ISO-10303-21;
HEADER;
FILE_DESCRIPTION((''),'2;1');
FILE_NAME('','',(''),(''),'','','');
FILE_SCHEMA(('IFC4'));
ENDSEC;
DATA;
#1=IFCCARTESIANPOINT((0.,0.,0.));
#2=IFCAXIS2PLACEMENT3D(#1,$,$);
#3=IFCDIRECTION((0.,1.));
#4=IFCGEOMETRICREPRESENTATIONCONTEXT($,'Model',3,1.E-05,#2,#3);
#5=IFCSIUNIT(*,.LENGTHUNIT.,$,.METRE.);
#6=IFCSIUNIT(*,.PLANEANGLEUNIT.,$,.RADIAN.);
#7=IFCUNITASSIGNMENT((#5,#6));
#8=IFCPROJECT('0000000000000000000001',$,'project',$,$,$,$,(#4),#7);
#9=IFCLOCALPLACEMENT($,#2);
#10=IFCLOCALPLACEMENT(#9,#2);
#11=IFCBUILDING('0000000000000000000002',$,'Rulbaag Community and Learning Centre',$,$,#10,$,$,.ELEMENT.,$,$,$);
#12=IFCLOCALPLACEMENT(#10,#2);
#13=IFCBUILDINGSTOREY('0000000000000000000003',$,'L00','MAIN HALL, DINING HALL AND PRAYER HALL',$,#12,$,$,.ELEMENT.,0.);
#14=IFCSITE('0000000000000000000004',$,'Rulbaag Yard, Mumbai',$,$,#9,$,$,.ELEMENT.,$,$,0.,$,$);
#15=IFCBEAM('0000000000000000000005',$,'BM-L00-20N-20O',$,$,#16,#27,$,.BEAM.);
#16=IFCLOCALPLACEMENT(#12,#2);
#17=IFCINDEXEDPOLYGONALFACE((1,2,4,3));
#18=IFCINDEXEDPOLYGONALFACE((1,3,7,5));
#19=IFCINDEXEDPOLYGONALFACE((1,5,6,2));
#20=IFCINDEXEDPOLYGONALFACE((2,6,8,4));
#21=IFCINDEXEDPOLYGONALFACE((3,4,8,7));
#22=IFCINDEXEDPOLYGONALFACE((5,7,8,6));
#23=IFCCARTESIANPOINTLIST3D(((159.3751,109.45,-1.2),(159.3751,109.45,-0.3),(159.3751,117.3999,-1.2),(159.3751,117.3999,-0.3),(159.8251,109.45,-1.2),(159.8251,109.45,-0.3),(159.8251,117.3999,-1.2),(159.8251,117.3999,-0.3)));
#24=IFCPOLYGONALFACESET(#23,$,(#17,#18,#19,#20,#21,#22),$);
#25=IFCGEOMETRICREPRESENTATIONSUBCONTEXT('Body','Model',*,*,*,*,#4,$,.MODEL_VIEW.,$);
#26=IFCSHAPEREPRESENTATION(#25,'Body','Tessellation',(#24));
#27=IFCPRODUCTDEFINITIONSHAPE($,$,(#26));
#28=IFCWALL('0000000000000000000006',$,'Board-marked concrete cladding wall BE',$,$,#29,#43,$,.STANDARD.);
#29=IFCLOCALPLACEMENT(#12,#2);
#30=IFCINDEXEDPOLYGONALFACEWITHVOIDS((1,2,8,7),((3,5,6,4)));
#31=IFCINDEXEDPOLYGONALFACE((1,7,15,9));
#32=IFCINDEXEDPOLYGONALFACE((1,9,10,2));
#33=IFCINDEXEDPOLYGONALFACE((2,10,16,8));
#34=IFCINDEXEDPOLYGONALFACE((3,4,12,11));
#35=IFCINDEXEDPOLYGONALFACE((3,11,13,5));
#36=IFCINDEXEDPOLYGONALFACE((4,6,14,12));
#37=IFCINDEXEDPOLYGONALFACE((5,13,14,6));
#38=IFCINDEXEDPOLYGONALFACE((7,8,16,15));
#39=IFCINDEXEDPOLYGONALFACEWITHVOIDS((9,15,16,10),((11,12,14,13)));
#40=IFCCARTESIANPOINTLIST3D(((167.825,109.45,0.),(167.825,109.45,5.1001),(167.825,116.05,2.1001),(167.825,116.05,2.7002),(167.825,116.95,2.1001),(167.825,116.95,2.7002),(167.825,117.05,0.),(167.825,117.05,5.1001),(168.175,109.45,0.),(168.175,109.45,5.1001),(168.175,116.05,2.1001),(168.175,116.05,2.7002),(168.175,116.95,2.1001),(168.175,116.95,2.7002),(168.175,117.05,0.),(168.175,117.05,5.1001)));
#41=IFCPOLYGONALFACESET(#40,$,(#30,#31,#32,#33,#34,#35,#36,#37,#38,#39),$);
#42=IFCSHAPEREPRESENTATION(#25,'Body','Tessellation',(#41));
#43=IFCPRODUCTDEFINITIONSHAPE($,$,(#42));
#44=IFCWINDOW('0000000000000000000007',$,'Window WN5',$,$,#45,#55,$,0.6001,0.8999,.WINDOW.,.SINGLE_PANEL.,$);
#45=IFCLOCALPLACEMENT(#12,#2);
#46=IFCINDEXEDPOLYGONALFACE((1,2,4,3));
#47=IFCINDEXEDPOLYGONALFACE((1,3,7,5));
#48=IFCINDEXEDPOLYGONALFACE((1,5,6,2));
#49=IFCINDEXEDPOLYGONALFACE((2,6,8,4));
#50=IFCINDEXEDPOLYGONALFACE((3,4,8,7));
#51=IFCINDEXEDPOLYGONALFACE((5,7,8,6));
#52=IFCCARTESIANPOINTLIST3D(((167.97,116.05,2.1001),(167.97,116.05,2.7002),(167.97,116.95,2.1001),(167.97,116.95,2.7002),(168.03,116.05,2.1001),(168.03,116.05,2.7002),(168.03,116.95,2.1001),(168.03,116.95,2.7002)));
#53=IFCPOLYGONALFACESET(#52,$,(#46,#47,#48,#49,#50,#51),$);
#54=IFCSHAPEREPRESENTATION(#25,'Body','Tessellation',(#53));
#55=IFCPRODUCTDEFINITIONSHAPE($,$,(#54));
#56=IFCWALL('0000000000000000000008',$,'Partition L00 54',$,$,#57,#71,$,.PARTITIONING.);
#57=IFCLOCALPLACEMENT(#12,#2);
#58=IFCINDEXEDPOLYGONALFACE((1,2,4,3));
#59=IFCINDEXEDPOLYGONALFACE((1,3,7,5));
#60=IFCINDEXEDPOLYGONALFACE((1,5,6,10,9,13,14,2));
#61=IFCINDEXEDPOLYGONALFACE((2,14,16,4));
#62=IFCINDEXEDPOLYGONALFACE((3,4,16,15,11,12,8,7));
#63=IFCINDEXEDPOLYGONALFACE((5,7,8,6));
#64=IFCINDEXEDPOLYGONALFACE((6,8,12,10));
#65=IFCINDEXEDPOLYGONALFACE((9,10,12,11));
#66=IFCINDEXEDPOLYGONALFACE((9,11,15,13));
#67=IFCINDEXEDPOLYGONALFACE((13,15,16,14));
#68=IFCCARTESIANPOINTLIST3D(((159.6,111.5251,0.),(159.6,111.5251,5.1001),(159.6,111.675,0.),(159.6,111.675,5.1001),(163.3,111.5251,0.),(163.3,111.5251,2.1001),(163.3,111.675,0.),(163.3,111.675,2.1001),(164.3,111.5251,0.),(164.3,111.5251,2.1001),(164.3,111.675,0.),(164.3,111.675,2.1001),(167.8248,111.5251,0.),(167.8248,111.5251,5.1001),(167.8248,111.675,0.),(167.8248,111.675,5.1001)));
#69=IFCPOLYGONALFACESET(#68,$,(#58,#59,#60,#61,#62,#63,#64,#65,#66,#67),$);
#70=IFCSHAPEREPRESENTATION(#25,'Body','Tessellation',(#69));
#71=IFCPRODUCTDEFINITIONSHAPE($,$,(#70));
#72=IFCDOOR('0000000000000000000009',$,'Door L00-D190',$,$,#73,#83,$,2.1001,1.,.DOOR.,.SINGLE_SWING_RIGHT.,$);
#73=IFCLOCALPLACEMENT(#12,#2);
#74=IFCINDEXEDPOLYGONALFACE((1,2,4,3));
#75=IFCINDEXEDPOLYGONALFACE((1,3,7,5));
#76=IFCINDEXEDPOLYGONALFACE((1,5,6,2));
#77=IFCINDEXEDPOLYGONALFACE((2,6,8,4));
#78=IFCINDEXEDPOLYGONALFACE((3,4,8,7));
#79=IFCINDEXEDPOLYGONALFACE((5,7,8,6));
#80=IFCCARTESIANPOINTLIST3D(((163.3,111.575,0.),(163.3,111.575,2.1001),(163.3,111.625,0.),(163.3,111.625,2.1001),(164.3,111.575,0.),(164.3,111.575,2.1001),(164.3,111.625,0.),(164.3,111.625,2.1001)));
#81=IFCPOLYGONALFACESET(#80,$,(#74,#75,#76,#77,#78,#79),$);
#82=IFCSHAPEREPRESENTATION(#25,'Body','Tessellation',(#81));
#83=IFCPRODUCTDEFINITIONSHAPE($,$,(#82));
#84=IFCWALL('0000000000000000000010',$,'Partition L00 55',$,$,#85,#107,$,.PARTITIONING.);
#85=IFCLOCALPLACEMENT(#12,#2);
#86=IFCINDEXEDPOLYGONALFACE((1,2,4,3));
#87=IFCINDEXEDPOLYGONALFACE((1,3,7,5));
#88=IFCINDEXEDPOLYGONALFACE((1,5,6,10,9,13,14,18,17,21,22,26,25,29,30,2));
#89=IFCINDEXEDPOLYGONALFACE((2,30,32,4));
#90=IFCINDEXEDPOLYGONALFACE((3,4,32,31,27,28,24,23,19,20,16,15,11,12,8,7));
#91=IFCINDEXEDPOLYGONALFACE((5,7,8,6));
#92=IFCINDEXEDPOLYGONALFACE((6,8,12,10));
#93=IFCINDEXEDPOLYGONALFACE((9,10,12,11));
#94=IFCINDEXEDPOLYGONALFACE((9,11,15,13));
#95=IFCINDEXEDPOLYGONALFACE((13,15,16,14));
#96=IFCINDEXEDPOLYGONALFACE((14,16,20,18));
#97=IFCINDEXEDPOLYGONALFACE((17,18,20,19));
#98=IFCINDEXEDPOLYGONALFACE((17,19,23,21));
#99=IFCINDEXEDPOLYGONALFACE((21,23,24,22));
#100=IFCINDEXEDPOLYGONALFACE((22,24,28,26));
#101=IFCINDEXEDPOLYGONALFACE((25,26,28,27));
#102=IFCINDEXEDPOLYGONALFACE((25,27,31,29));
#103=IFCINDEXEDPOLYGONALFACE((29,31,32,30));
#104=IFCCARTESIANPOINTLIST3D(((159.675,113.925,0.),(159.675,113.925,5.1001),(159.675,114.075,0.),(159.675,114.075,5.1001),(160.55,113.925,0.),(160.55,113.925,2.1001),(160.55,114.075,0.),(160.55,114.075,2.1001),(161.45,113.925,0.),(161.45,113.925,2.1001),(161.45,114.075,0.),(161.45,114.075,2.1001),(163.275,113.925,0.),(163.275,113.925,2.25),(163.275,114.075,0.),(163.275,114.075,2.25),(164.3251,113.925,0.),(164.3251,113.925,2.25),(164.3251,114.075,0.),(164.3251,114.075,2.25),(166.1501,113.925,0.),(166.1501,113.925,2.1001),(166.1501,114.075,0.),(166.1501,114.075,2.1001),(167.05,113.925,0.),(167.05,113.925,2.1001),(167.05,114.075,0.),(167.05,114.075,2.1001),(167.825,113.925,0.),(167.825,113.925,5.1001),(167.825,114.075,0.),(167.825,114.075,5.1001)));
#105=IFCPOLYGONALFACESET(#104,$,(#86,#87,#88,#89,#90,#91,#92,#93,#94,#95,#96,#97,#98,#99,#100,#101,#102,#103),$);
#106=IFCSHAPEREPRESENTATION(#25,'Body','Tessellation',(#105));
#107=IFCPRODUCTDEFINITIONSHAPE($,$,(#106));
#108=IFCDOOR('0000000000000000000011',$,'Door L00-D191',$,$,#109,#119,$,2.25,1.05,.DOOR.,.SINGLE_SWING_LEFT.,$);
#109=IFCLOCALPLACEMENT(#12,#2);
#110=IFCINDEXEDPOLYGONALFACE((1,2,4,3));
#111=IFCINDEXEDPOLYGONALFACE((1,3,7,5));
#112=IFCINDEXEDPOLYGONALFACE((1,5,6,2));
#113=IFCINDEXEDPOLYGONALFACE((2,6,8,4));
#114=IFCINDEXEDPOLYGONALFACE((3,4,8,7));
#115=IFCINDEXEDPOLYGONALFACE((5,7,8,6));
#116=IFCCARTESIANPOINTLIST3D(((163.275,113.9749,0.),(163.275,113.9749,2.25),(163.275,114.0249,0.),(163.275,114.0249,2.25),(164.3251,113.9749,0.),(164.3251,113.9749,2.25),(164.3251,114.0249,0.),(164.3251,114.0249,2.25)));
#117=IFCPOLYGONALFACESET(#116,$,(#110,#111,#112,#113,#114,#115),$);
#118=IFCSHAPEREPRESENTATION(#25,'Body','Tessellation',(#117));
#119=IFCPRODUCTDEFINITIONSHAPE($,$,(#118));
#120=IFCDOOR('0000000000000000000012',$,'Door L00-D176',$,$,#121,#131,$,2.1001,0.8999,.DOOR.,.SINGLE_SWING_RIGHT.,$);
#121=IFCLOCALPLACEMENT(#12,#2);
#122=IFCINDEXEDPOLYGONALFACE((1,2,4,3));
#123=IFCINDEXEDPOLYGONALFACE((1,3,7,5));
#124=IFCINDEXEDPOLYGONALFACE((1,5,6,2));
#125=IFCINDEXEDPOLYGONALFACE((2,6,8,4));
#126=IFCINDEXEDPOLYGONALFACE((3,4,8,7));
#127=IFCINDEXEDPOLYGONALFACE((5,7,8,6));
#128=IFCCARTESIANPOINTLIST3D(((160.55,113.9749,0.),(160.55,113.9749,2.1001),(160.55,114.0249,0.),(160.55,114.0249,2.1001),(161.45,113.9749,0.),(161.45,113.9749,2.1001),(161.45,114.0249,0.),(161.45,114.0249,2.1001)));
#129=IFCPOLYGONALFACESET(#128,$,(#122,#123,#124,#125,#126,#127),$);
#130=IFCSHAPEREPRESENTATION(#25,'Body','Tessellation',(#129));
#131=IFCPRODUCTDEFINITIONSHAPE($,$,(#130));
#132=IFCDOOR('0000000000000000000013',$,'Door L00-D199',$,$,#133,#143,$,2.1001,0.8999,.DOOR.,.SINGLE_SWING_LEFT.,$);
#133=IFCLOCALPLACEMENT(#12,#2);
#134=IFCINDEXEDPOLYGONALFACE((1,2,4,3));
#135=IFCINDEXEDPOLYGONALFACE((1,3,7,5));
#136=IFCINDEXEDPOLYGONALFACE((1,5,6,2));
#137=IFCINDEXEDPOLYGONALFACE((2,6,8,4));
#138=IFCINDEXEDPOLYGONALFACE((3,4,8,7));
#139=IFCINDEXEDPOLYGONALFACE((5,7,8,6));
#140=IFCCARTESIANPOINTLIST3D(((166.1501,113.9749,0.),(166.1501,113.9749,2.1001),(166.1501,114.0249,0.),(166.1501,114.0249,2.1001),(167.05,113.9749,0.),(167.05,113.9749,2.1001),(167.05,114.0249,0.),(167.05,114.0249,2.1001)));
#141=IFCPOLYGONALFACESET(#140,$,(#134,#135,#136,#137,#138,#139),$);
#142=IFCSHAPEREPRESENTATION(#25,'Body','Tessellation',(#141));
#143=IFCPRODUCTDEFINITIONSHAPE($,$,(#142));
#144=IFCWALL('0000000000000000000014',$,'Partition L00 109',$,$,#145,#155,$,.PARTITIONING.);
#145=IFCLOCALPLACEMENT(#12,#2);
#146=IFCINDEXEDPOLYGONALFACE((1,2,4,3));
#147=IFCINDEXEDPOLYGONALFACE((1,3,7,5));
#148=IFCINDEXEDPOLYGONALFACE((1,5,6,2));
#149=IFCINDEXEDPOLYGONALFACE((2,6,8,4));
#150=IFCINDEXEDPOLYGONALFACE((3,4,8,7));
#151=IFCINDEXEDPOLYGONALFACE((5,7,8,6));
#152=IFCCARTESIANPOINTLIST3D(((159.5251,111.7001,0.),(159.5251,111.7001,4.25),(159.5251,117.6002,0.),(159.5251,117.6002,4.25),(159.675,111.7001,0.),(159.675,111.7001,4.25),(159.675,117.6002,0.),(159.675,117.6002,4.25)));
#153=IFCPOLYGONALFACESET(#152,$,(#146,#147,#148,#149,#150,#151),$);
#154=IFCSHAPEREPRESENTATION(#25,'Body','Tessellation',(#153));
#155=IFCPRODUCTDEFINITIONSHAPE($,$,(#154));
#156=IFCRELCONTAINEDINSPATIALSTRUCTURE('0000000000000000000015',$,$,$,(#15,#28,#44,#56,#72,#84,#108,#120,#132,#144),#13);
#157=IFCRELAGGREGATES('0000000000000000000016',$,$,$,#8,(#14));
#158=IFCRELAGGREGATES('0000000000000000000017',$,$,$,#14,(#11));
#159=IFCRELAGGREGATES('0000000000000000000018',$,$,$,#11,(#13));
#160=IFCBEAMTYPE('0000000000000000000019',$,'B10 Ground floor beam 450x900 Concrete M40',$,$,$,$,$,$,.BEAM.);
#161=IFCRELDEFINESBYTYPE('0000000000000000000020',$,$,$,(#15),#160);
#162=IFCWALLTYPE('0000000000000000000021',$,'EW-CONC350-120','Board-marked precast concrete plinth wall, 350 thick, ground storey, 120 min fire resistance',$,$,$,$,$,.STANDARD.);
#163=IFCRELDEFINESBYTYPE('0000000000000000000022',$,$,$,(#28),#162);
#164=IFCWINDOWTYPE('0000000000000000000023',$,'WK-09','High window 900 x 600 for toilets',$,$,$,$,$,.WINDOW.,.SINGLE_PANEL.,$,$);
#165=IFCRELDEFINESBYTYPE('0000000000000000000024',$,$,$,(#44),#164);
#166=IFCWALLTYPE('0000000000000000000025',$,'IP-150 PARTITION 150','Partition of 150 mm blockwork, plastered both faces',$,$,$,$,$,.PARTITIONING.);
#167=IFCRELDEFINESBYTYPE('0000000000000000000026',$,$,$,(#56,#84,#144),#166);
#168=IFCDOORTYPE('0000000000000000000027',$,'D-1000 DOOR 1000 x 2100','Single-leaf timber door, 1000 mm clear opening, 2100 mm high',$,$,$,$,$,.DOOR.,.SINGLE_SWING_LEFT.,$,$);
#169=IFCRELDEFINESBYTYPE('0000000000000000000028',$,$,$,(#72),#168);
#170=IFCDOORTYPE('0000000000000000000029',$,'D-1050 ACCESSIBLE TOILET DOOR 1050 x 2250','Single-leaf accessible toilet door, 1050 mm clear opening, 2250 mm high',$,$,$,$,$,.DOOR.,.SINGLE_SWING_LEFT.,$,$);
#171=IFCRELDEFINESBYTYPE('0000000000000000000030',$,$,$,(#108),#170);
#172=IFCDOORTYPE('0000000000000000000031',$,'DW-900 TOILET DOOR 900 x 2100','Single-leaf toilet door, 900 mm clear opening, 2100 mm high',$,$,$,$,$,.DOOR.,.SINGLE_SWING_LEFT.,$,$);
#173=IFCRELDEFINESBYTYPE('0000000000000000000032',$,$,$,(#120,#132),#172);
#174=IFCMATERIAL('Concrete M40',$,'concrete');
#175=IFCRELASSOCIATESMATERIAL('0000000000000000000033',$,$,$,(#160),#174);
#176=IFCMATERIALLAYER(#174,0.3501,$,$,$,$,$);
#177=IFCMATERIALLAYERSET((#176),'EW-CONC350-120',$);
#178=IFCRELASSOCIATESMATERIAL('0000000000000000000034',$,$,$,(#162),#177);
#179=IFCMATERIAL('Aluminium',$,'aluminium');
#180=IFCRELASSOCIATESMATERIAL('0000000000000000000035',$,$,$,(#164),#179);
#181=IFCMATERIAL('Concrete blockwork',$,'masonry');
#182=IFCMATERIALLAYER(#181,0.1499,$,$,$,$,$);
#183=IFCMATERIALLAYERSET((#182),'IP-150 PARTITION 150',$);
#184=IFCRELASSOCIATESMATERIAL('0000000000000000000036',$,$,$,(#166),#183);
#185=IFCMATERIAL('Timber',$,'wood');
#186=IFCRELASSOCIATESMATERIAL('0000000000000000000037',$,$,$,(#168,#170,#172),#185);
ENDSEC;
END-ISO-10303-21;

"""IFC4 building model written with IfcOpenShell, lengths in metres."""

from ifc_helpers import new_model, si_unit, direction, frame, frame_2d, origin, origin_2d, place, context, subcontext, project, spatial, rectangle, extrude, material, layer, layer_set, material_profile, profile_set, type_object, element, fill, save


model = new_model("IFC4")

# Units and contexts
model_context = context("Model", 3, precision=1e-05, world=origin(), true_north=direction((0.0, 1.0)))
body_context = subcontext(model_context, "Body", "Model", "MODEL_VIEW")
ifc_project = project(units=[si_unit("LENGTHUNIT", "METRE"), si_unit("PLANEANGLEUNIT", "RADIAN")], contexts=[model_context])

# Site, building, storey
site_placement = place(None, origin())
site = spatial("IfcSite", under=ifc_project, at=site_placement, Name="Rulbaag Yard, Mumbai", CompositionType="ELEMENT", RefElevation=0.0)
building_placement = place(site_placement, origin())
building = spatial("IfcBuilding", under=site, at=building_placement, Name="Rulbaag Community and Learning Centre", CompositionType="ELEMENT")
storey_placement = place(building_placement, origin())
storey = spatial("IfcBuildingStorey", under=building, at=storey_placement, Name="L00", Description="MAIN HALL, DINING HALL AND PRAYER HALL", CompositionType="ELEMENT", Elevation=0.0)

# Beam
ifc_material_1 = material(Name="Concrete M40", Category="concrete")
ifc_material_profile = material_profile(ifc_material_1, rectangle(XDim=0.45, YDim=0.8999, at=origin_2d()), Name="RB450x900")
ifc_profile_set = profile_set([ifc_material_profile], Name="Concrete M40")
beam_type = type_object("IfcBeamType", Name="B10 Ground floor beam 450x900 Concrete M40", PredefinedType="BEAM", material=ifc_profile_set)
beam_placement = place(storey_placement, frame((159.6001, 109.45, -0.75), z_axis=(0.0, 1.0, 0.0), x_axis=(-1.0, 0.0, 0.0)))
element("IfcBeam", 1, at=beam_placement, inside=storey, type_object=beam_type, Name="BM-L00-20N-20O", PredefinedType="BEAM", context=body_context, shape_type="SweptSolid", body=[
    extrude(rectangle(XDim=0.45, YDim=0.8999, at=origin_2d()), origin(), (0.0, 0.0, 1.0), 7.95),
])

# Wall, opening, window
ifc_layer_1 = layer(ifc_material_1, 0.3501)
ifc_layer_set_1 = layer_set([ifc_layer_1], Name="EW-CONC350-120")
wall_type_1 = type_object("IfcWallType", Name="EW-CONC350-120", Description="Board-marked precast concrete plinth wall, 350 thick, ground storey, 120 min fire resistance", PredefinedType="STANDARD", material=ifc_layer_set_1)
wall_1_placement = place(storey_placement, frame((168.0, 109.45, 0.0), z_axis=(0.0, 0.0, 1.0), x_axis=(0.0, 1.0, 0.0)))
wall_1 = element("IfcWall", 2, at=wall_1_placement, inside=storey, type_object=wall_type_1, Name="Board-marked concrete cladding wall BE", PredefinedType="STANDARD", context=body_context, shape_type="SweptSolid", body=[
    extrude(rectangle(XDim=7.6001, YDim=0.3501, at=frame_2d((3.8, 0.0))), origin(), (0.0, 0.0, 1.0), 5.1001),
])
opening_1_placement = place(wall_1_placement, frame((6.6001, 0.0, 2.1001)))
opening_1 = element("IfcOpeningElement", 3, at=opening_1_placement, cuts=wall_1, PredefinedType="OPENING", context=body_context, shape_type="SweptSolid", body=[
    extrude(rectangle(XDim=0.8999, YDim=0.6001, at=frame_2d((0.45, 0.3))), frame((0.0, 0.1851, 0.0), z_axis=(0.0, -1.0, 0.0), x_axis=(1.0, 0.0, 0.0)), (0.0, 0.0, 1.0), 0.3701),
])
ifc_material_2 = material(Name="Aluminium", Category="aluminium")
window_type = type_object("IfcWindowType", Name="WK-09", Description="High window 900 x 600 for toilets", PartitioningType="SINGLE_PANEL", PredefinedType="WINDOW", material=ifc_material_2)
window_placement = place(opening_1_placement, origin())
window = element("IfcWindow", 4, at=window_placement, inside=storey, type_object=window_type, Name="Window WN5", OverallHeight=0.6001, OverallWidth=0.8999, PartitioningType="SINGLE_PANEL", PredefinedType="WINDOW", context=body_context, shape_type="SweptSolid", body=[
    extrude(rectangle(XDim=0.8999, YDim=0.6001, at=frame_2d((0.45, 0.3))), frame((0.0, 0.03, 0.0), z_axis=(0.0, -1.0, 0.0), x_axis=(1.0, 0.0, 0.0)), (0.0, 0.0, 1.0), 0.0601),
])
fill(opening_1, window)

# Wall, opening, door
ifc_material_3 = material(Name="Concrete blockwork", Category="masonry")
ifc_layer_2 = layer(ifc_material_3, 0.1499)
ifc_layer_set_2 = layer_set([ifc_layer_2], Name="IP-150 PARTITION 150")
wall_type_2 = type_object("IfcWallType", Name="IP-150 PARTITION 150", Description="Partition of 150 mm blockwork, plastered both faces", PredefinedType="PARTITIONING", material=ifc_layer_set_2)
wall_2_placement = place(storey_placement, frame((159.6001, 111.6001, 0.0), z_axis=(0.0, 0.0, 1.0), x_axis=(1.0, 0.0, 0.0)))
wall_2 = element("IfcWall", 5, at=wall_2_placement, inside=storey, type_object=wall_type_2, Name="Partition L00 54", PredefinedType="PARTITIONING", context=body_context, shape_type="SweptSolid", body=[
    extrude(rectangle(XDim=8.2249, YDim=0.1499, at=frame_2d((4.1123, 0.0))), origin(), (0.0, 0.0, 1.0), 5.1001),
])
opening_2_placement = place(wall_2_placement, frame((3.7, 0.0, 0.0)))
opening_2 = element("IfcOpeningElement", 6, at=opening_2_placement, cuts=wall_2, PredefinedType="OPENING", context=body_context, shape_type="SweptSolid", body=[
    extrude(rectangle(XDim=1.0, YDim=2.1001, at=frame_2d((0.5, 1.05))), frame((0.0, 0.085, 0.0), z_axis=(0.0, -1.0, 0.0), x_axis=(1.0, 0.0, 0.0)), (0.0, 0.0, 1.0), 0.1699),
])
ifc_material_4 = material(Name="Timber", Category="wood")
door_type_1 = type_object("IfcDoorType", Name="D-1000 DOOR 1000 x 2100", Description="Single-leaf timber door, 1000 mm clear opening, 2100 mm high", OperationType="SINGLE_SWING_LEFT", PredefinedType="DOOR", material=ifc_material_4)
door_1_placement = place(opening_2_placement, origin())
door_1 = element("IfcDoor", 7, at=door_1_placement, inside=storey, type_object=door_type_1, Name="Door L00-D190", OperationType="SINGLE_SWING_RIGHT", OverallHeight=2.1001, OverallWidth=1.0, PredefinedType="DOOR", context=body_context, shape_type="SweptSolid", body=[
    extrude(rectangle(XDim=1.0, YDim=2.1001, at=frame_2d((0.5, 1.05))), frame((0.0, 0.0249, 0.0), z_axis=(0.0, -1.0, 0.0), x_axis=(1.0, 0.0, 0.0)), (0.0, 0.0, 1.0), 0.05),
])
fill(opening_2, door_1)

# Wall, openings, doors
wall_3_placement = place(storey_placement, frame((159.675, 114.0, 0.0), z_axis=(0.0, 0.0, 1.0), x_axis=(1.0, 0.0, 0.0)))
wall_3 = element("IfcWall", 8, at=wall_3_placement, inside=storey, type_object=wall_type_2, Name="Partition L00 55", PredefinedType="PARTITIONING", context=body_context, shape_type="SweptSolid", body=[
    extrude(rectangle(XDim=8.1499, YDim=0.1499, at=frame_2d((4.075, 0.0))), origin(), (0.0, 0.0, 1.0), 5.1001),
])
opening_3_placement = place(wall_3_placement, frame((0.875, 0.0, 0.0)))
opening_3 = element("IfcOpeningElement", 9, at=opening_3_placement, cuts=wall_3, PredefinedType="OPENING", context=body_context, shape_type="SweptSolid", body=[
    extrude(rectangle(XDim=0.8999, YDim=2.1001, at=frame_2d((0.45, 1.05))), frame((0.0, 0.085, 0.0), z_axis=(0.0, -1.0, 0.0), x_axis=(1.0, 0.0, 0.0)), (0.0, 0.0, 1.0), 0.1699),
])
opening_4_placement = place(wall_3_placement, frame((3.6001, 0.0, 0.0)))
opening_4 = element("IfcOpeningElement", 10, at=opening_4_placement, cuts=wall_3, PredefinedType="OPENING", context=body_context, shape_type="SweptSolid", body=[
    extrude(rectangle(XDim=1.05, YDim=2.25, at=frame_2d((0.5249, 1.125))), frame((0.0, 0.085, 0.0), z_axis=(0.0, -1.0, 0.0), x_axis=(1.0, 0.0, 0.0)), (0.0, 0.0, 1.0), 0.1699),
])
opening_5_placement = place(wall_3_placement, frame((6.4751, 0.0, 0.0)))
opening_5 = element("IfcOpeningElement", 11, at=opening_5_placement, cuts=wall_3, PredefinedType="OPENING", context=body_context, shape_type="SweptSolid", body=[
    extrude(rectangle(XDim=0.8999, YDim=2.1001, at=frame_2d((0.45, 1.05))), frame((0.0, 0.085, 0.0), z_axis=(0.0, -1.0, 0.0), x_axis=(1.0, 0.0, 0.0)), (0.0, 0.0, 1.0), 0.1699),
])
door_type_2 = type_object("IfcDoorType", Name="D-1050 ACCESSIBLE TOILET DOOR 1050 x 2250", Description="Single-leaf accessible toilet door, 1050 mm clear opening, 2250 mm high", OperationType="SINGLE_SWING_LEFT", PredefinedType="DOOR", material=ifc_material_4)
door_2_placement = place(opening_4_placement, origin())
door_2 = element("IfcDoor", 12, at=door_2_placement, inside=storey, type_object=door_type_2, Name="Door L00-D191", OperationType="SINGLE_SWING_LEFT", OverallHeight=2.25, OverallWidth=1.05, PredefinedType="DOOR", context=body_context, shape_type="SweptSolid", body=[
    extrude(rectangle(XDim=1.05, YDim=2.25, at=frame_2d((0.5249, 1.125))), frame((0.0, 0.0249, 0.0), z_axis=(0.0, -1.0, 0.0), x_axis=(1.0, 0.0, 0.0)), (0.0, 0.0, 1.0), 0.05),
])
fill(opening_4, door_2)
door_type_3 = type_object("IfcDoorType", Name="DW-900 TOILET DOOR 900 x 2100", Description="Single-leaf toilet door, 900 mm clear opening, 2100 mm high", OperationType="SINGLE_SWING_LEFT", PredefinedType="DOOR", material=ifc_material_4)
door_3_placement = place(opening_3_placement, origin())
door_3 = element("IfcDoor", 13, at=door_3_placement, inside=storey, type_object=door_type_3, Name="Door L00-D176", OperationType="SINGLE_SWING_RIGHT", OverallHeight=2.1001, OverallWidth=0.8999, PredefinedType="DOOR", context=body_context, shape_type="SweptSolid", body=[
    extrude(rectangle(XDim=0.8999, YDim=2.1001, at=frame_2d((0.45, 1.05))), frame((0.0, 0.0249, 0.0), z_axis=(0.0, -1.0, 0.0), x_axis=(1.0, 0.0, 0.0)), (0.0, 0.0, 1.0), 0.05),
])
fill(opening_3, door_3)
door_4_placement = place(opening_5_placement, origin())
door_4 = element("IfcDoor", 14, at=door_4_placement, inside=storey, type_object=door_type_3, Name="Door L00-D199", OperationType="SINGLE_SWING_LEFT", OverallHeight=2.1001, OverallWidth=0.8999, PredefinedType="DOOR", context=body_context, shape_type="SweptSolid", body=[
    extrude(rectangle(XDim=0.8999, YDim=2.1001, at=frame_2d((0.45, 1.05))), frame((0.0, 0.0249, 0.0), z_axis=(0.0, -1.0, 0.0), x_axis=(1.0, 0.0, 0.0)), (0.0, 0.0, 1.0), 0.05),
])
fill(opening_5, door_4)

# Wall
wall_4_placement = place(storey_placement, frame((159.6001, 111.7, 0.0), z_axis=(0.0, 0.0, 1.0), x_axis=(0.0, 1.0, 0.0)))
element("IfcWall", 15, at=wall_4_placement, inside=storey, type_object=wall_type_2, Name="Partition L00 109", PredefinedType="PARTITIONING", context=body_context, shape_type="SweptSolid", body=[
    extrude(rectangle(XDim=5.9001, YDim=0.1499, at=frame_2d((2.9502, 0.0))), origin(), (0.0, 0.0, 1.0), 4.25),
])

save(model, "model.ifc")
